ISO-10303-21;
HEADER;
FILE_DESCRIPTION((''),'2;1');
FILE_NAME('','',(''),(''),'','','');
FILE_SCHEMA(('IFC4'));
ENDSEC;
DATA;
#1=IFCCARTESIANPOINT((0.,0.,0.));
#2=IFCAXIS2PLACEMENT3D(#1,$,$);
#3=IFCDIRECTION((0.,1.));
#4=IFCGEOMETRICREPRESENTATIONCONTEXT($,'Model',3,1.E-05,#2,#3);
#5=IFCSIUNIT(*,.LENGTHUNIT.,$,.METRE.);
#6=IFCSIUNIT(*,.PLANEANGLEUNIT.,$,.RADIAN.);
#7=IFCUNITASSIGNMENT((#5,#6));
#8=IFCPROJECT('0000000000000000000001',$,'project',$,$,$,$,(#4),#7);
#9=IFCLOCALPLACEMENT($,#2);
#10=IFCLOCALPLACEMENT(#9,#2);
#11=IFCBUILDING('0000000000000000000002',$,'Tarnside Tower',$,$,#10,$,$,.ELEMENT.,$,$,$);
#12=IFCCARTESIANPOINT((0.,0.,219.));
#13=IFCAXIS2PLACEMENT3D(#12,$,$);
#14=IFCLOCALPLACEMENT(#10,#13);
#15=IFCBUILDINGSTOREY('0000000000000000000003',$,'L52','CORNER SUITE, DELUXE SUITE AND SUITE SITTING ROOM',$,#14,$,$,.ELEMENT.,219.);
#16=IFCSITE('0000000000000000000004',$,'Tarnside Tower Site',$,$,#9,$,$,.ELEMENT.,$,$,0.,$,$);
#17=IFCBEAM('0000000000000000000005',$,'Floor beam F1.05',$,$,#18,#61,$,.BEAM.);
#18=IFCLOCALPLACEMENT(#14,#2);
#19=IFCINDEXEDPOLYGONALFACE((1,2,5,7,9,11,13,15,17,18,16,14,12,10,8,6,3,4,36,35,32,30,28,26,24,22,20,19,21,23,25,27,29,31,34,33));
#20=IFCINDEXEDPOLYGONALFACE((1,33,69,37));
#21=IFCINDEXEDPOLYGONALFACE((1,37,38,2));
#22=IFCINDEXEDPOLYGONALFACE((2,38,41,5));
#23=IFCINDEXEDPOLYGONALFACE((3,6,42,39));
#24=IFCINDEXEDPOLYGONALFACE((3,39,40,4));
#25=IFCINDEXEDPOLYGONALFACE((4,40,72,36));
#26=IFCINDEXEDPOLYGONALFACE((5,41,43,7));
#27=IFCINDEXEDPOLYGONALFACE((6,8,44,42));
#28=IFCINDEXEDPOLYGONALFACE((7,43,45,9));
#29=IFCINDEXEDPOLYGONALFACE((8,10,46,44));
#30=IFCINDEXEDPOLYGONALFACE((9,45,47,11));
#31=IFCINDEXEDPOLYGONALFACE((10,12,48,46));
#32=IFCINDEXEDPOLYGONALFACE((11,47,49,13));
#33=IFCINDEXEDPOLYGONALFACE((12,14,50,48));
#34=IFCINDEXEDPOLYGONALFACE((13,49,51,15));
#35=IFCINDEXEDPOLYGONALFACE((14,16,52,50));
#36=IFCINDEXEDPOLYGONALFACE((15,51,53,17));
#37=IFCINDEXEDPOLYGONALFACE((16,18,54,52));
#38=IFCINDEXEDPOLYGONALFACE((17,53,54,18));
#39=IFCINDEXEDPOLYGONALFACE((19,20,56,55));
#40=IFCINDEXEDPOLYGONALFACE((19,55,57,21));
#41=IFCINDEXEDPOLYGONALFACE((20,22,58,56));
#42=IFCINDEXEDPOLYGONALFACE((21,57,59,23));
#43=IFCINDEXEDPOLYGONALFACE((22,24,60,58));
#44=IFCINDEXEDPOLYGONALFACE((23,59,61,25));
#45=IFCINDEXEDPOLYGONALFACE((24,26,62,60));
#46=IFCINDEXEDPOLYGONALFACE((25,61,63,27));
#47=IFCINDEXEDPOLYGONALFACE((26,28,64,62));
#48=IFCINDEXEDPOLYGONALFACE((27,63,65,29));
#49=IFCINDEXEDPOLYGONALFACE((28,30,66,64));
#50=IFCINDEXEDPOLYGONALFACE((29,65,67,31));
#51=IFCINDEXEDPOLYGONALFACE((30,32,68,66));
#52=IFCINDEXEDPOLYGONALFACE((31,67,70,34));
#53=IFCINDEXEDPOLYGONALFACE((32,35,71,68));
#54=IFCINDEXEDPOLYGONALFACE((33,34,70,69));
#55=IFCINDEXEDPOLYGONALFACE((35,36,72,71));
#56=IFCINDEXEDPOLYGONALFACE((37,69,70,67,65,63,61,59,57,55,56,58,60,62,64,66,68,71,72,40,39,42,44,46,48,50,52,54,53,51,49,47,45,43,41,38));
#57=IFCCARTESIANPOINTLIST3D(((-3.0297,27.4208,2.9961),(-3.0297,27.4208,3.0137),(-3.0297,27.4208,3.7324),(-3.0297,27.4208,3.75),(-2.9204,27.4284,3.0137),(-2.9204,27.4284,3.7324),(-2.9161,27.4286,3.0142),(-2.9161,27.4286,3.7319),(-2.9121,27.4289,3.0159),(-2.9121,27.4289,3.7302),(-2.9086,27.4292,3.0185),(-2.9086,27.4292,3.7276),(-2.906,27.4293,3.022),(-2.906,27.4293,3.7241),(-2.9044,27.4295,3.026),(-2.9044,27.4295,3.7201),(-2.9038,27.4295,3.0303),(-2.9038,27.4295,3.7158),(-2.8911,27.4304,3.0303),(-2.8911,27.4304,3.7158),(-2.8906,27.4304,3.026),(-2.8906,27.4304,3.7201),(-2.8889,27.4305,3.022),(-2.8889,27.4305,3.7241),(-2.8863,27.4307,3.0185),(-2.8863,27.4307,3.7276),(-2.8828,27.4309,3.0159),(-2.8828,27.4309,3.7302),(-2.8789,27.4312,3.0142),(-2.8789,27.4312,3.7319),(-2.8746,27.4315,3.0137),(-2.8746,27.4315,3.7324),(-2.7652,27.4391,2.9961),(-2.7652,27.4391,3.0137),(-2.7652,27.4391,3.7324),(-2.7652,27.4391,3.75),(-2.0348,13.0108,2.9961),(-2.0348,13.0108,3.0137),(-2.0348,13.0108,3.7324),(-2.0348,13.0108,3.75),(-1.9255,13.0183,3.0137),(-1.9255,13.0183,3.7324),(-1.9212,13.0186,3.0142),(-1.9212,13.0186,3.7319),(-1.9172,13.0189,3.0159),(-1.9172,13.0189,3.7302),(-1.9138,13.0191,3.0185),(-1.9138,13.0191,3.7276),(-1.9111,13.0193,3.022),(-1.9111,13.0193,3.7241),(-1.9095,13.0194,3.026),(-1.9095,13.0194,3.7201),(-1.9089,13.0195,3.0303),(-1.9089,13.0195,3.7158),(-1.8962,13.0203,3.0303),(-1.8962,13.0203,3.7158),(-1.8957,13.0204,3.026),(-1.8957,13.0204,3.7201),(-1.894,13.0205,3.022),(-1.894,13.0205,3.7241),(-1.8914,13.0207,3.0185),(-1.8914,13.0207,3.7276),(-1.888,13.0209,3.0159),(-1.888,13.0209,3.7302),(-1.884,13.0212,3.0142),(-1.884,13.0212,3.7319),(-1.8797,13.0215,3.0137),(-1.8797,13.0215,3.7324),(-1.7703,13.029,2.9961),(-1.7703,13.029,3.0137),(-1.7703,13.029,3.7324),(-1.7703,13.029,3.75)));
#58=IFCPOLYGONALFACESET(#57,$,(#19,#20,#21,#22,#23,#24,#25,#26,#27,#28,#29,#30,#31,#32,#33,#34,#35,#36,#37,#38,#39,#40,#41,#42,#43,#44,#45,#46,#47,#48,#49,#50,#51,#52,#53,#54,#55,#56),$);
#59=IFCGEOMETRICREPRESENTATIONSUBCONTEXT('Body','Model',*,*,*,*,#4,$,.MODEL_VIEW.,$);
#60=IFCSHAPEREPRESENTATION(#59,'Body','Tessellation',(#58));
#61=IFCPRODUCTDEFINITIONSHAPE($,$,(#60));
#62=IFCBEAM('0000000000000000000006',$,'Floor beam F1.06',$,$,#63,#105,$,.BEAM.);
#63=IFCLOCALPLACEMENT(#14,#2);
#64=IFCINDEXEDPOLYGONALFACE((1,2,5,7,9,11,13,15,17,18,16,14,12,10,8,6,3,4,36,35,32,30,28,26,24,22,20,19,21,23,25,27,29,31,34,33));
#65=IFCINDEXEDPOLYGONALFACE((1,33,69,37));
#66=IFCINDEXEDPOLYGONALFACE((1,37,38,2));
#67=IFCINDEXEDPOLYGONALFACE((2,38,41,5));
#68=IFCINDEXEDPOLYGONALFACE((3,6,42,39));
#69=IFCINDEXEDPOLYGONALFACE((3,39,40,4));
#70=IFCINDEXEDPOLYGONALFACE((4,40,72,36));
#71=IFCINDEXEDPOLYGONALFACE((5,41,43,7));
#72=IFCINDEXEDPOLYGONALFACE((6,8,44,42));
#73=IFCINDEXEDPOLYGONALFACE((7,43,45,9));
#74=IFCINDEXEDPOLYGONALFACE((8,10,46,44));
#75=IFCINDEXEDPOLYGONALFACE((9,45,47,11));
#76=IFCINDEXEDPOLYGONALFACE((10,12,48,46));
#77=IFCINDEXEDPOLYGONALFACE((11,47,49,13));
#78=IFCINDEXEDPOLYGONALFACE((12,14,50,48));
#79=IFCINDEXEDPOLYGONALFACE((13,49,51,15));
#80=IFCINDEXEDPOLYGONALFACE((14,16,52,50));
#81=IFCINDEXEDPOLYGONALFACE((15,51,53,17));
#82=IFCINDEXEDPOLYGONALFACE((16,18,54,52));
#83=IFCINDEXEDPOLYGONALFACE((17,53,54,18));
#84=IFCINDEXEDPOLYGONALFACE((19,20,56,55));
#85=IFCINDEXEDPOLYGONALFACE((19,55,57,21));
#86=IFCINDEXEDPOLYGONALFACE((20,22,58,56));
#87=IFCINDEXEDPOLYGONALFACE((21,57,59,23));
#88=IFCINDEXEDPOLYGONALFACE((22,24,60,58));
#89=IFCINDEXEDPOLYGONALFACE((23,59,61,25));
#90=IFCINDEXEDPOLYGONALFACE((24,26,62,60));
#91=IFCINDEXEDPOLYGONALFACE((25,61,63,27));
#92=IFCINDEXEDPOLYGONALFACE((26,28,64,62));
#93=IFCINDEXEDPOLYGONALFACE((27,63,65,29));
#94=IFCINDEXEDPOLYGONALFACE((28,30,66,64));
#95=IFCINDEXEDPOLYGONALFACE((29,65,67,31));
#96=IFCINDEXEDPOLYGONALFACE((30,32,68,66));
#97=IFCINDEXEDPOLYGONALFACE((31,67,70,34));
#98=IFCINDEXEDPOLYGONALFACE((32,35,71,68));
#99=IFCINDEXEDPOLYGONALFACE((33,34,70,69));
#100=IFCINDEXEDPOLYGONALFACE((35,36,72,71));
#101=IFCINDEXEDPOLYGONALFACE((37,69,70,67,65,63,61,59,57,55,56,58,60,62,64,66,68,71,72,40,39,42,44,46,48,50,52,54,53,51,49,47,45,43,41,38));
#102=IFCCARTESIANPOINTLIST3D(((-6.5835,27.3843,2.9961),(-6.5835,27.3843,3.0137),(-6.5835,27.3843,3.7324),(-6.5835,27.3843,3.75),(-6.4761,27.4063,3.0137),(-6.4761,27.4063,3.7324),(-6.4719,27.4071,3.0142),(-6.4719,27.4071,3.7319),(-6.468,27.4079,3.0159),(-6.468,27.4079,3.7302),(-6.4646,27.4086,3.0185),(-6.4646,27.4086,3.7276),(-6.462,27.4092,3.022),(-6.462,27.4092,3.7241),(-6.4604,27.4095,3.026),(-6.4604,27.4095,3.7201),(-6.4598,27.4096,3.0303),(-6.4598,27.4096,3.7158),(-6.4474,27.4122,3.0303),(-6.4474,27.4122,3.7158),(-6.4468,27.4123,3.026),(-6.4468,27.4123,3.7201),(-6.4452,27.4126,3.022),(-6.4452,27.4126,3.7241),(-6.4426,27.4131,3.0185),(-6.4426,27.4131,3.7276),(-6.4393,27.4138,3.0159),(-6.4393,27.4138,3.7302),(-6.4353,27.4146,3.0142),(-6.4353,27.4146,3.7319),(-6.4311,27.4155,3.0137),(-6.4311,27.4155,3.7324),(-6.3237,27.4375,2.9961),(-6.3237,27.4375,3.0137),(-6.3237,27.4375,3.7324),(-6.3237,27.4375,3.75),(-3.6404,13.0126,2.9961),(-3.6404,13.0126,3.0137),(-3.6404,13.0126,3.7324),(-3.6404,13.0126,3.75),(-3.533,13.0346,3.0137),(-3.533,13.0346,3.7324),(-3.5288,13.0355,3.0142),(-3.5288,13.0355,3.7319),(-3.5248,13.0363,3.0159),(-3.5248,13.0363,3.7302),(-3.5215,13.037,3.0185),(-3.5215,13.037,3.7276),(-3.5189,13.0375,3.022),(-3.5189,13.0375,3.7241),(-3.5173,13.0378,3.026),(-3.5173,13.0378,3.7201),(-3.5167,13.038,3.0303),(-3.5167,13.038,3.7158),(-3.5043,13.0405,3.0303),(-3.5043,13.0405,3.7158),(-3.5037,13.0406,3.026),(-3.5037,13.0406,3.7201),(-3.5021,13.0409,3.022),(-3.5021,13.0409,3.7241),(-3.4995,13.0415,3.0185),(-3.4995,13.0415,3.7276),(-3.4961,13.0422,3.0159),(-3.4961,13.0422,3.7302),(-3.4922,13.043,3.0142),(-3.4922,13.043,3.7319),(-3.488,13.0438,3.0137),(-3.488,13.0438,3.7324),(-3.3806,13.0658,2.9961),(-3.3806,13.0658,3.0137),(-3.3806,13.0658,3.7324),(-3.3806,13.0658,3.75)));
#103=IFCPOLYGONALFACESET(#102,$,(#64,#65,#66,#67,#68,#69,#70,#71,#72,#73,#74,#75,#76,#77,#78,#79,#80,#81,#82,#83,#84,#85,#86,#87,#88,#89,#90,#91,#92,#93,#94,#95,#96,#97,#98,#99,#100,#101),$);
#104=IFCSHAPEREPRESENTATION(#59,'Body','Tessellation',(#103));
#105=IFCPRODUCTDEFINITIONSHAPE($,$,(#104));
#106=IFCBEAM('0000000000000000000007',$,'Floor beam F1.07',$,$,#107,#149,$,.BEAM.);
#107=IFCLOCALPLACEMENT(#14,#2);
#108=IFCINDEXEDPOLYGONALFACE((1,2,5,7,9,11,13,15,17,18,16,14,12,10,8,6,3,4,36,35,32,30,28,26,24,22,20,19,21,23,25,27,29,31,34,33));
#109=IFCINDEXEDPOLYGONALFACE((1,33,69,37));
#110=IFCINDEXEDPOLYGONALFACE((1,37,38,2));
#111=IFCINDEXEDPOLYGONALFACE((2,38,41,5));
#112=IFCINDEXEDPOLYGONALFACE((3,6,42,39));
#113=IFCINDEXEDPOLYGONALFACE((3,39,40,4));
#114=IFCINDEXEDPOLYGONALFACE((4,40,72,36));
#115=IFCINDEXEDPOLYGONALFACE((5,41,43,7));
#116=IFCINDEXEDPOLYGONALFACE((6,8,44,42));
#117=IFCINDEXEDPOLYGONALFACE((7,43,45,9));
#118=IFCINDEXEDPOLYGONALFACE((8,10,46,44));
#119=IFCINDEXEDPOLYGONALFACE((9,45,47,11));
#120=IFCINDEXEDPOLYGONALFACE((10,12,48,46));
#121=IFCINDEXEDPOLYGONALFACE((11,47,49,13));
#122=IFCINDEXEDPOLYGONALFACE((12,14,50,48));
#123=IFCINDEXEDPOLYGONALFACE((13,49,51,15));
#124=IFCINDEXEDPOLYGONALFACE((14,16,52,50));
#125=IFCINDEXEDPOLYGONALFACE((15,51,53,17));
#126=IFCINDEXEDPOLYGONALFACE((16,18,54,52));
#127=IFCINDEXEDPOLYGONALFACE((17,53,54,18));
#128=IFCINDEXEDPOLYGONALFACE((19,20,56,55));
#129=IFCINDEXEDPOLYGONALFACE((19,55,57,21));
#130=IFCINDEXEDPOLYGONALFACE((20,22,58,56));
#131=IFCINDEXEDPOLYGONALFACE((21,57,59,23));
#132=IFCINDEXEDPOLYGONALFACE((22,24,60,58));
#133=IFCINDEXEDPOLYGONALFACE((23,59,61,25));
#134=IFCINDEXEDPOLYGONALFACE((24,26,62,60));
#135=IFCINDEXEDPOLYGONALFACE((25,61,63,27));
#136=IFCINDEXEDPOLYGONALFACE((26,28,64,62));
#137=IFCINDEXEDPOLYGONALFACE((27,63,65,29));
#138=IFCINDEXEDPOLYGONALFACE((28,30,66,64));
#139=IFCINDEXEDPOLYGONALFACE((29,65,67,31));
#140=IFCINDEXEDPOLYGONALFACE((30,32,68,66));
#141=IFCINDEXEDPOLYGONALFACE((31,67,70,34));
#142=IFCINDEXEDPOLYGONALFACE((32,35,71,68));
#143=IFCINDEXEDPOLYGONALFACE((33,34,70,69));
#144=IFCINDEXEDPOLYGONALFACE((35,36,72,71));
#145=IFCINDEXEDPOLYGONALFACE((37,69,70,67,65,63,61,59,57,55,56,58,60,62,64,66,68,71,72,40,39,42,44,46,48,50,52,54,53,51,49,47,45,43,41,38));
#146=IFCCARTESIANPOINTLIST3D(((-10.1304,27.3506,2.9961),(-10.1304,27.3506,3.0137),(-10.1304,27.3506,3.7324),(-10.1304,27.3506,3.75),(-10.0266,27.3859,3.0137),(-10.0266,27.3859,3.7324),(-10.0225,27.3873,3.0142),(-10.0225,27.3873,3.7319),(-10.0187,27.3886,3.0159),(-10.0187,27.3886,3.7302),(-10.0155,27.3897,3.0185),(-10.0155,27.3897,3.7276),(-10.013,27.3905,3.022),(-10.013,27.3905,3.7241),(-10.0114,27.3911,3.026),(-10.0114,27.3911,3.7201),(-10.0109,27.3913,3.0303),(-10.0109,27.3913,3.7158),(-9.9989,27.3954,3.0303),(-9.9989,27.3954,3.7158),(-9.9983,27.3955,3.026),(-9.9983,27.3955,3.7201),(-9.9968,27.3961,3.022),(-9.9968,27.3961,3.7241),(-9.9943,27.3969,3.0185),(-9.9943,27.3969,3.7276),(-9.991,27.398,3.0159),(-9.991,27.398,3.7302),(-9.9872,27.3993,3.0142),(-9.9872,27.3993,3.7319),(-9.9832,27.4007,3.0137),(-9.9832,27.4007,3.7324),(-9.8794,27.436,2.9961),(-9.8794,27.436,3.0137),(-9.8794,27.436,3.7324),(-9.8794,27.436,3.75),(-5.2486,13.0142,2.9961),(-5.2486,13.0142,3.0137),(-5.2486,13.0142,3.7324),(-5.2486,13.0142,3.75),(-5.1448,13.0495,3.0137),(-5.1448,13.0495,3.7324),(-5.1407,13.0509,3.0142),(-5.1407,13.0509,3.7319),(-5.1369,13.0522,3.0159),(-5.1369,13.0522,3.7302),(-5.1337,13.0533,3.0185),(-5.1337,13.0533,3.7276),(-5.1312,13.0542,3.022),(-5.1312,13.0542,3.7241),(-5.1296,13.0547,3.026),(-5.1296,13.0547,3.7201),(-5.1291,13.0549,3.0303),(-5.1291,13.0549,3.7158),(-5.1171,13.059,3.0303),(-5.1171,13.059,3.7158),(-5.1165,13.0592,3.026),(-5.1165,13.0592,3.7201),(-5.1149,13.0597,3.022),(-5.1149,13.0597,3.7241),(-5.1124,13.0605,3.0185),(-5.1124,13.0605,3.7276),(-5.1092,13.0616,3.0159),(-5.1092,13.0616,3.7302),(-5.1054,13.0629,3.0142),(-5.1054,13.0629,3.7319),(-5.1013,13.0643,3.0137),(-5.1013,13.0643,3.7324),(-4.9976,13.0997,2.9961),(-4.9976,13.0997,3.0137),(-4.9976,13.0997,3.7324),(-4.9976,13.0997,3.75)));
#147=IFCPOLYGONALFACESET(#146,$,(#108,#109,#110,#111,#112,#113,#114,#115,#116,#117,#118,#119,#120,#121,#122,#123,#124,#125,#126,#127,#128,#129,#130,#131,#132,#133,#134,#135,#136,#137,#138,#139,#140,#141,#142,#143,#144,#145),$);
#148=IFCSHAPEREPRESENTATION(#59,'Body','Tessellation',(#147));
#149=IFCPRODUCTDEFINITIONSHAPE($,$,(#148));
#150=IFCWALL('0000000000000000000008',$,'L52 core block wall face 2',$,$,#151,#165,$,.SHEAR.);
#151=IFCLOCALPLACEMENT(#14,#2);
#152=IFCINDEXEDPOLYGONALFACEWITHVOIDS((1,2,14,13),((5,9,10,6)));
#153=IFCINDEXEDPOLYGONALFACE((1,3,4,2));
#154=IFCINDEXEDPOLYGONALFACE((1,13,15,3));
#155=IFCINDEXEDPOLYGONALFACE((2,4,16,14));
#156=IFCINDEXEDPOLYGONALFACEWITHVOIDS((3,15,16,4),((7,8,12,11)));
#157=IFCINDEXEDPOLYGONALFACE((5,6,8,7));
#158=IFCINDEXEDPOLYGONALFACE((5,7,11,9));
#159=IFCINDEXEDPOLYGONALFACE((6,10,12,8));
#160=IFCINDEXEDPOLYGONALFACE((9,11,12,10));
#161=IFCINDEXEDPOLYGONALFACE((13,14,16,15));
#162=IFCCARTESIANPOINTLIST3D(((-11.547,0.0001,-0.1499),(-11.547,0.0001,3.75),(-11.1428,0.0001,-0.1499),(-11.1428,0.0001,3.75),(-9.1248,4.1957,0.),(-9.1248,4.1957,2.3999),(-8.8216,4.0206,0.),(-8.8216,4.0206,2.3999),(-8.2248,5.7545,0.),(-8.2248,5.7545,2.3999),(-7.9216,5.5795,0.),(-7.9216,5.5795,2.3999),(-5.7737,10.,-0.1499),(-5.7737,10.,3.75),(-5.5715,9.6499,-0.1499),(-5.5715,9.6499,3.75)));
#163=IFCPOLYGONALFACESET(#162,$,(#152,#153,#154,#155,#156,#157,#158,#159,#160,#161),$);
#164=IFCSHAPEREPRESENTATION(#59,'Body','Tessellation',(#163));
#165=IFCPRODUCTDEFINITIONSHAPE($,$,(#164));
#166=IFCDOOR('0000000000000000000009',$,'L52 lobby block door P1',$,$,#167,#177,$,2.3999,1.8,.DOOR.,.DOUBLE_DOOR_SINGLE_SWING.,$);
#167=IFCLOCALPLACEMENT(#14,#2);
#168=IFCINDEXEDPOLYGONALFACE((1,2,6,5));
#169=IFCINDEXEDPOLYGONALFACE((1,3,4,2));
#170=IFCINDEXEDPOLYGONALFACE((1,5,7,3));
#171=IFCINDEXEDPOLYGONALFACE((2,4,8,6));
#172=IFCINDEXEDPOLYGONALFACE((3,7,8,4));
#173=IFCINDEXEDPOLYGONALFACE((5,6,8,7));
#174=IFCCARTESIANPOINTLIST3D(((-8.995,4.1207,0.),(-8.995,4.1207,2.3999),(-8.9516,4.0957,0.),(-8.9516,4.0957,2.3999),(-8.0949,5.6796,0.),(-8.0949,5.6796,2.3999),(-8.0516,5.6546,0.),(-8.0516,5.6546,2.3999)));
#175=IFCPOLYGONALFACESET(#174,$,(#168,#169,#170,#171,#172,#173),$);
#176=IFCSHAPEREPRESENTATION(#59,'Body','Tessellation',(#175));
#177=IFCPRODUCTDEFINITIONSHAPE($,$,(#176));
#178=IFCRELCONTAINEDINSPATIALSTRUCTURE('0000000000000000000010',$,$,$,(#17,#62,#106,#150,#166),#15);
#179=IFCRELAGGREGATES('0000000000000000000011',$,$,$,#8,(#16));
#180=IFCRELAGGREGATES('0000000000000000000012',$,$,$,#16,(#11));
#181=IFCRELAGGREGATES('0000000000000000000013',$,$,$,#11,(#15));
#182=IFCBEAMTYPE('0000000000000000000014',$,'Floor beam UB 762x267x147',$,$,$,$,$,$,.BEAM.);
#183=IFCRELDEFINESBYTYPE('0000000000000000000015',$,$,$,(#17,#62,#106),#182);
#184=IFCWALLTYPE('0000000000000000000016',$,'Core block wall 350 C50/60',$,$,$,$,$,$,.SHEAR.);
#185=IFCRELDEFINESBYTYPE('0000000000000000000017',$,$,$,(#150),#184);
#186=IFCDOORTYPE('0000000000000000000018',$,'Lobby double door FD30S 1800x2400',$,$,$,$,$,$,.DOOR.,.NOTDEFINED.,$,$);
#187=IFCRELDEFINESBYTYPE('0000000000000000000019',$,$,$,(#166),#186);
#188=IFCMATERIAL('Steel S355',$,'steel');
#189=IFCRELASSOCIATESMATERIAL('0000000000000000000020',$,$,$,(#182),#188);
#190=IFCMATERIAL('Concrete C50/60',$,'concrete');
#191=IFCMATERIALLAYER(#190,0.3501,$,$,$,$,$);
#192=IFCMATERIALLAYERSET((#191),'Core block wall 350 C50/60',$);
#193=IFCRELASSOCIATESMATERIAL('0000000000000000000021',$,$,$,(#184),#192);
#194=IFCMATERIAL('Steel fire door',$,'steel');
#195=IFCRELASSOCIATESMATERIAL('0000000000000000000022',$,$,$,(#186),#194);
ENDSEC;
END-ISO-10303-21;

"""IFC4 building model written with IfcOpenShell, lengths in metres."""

from ifc_helpers import new_model, si_unit, direction, frame, frame_2d, origin, origin_2d, place, context, subcontext, project, spatial, polyline, rectangle, i_section, outline, extrude, material, layer, layer_set, material_profile, profile_set, type_object, element, fill, save


model = new_model("IFC4")

# Units and contexts
model_context = context("Model", 3, precision=1e-05, world=origin(), true_north=direction((0.0, 1.0)))
body_context = subcontext(model_context, "Body", "Model", "MODEL_VIEW")
ifc_project = project(units=[si_unit("LENGTHUNIT", "METRE"), si_unit("PLANEANGLEUNIT", "RADIAN")], contexts=[model_context])

# Site, building, storey
site_placement = place(None, origin())
site = spatial("IfcSite", under=ifc_project, at=site_placement, Name="Tarnside Tower Site", CompositionType="ELEMENT", RefElevation=0.0)
building_placement = place(site_placement, origin())
building = spatial("IfcBuilding", under=site, at=building_placement, Name="Tarnside Tower", CompositionType="ELEMENT")
storey_placement = place(building_placement, frame((0.0, 0.0, 219.0)))
storey = spatial("IfcBuildingStorey", under=building, at=storey_placement, Name="L52", Description="CORNER SUITE, DELUXE SUITE AND SUITE SITTING ROOM", CompositionType="ELEMENT", Elevation=219.0)

# Beams
ifc_material_1 = material(Name="Steel S355", Category="steel")
ifc_material_profile = material_profile(ifc_material_1, i_section(OverallWidth=0.2651, OverallDepth=0.7539, WebThickness=0.0127, FlangeThickness=0.0176, FilletRadius=0.0166, at=origin_2d()), Name="UB 762x267x147")
ifc_profile_set = profile_set([ifc_material_profile], Name="Steel S355")
beam_type = type_object("IfcBeamType", Name="Floor beam UB 762x267x147", PredefinedType="BEAM", material=ifc_profile_set)
beam_1_placement = place(storey_placement, frame((-2.8975, 27.4299, 3.373), z_axis=(0.068877, -0.997625, 0.0), x_axis=(0.997625, 0.068877, 0.0)))
element("IfcBeam", 1, at=beam_1_placement, inside=storey, type_object=beam_type, Name="Floor beam F1.05", PredefinedType="BEAM", context=body_context, shape_type="SweptSolid", body=[
    extrude(i_section(OverallWidth=0.2651, OverallDepth=0.7539, WebThickness=0.0127, FlangeThickness=0.0176, FilletRadius=0.0166, at=origin_2d()), origin(), (0.0, 0.0, 1.0), 14.4443),
])
beam_2_placement = place(storey_placement, frame((-6.4536, 27.4109, 3.373), z_axis=(0.200623, -0.979668, 0.0), x_axis=(0.979668, 0.200623, 0.0)))
element("IfcBeam", 2, at=beam_2_placement, inside=storey, type_object=beam_type, Name="Floor beam F1.06", PredefinedType="BEAM", context=body_context, shape_type="SweptSolid", body=[
    extrude(i_section(OverallWidth=0.2651, OverallDepth=0.7539, WebThickness=0.0127, FlangeThickness=0.0176, FilletRadius=0.0166, at=origin_2d()), origin(), (0.0, 0.0, 1.0), 14.6699),
])
beam_3_placement = place(storey_placement, frame((-10.0049, 27.3933, 3.373), z_axis=(0.322344, -0.946623, 0.0), x_axis=(0.946623, 0.322344, 0.0)))
element("IfcBeam", 3, at=beam_3_placement, inside=storey, type_object=beam_type, Name="Floor beam F1.07", PredefinedType="BEAM", context=body_context, shape_type="SweptSolid", body=[
    extrude(i_section(OverallWidth=0.2651, OverallDepth=0.7539, WebThickness=0.0127, FlangeThickness=0.0176, FilletRadius=0.0166, at=origin_2d()), origin(), (0.0, 0.0, 1.0), 15.1448),
])

# Wall, opening, door
ifc_material_2 = material(Name="Concrete C50/60", Category="concrete")
ifc_layer_1 = layer(ifc_material_2, 0.3501)
ifc_layer_set_1 = layer_set([ifc_layer_1], Name="Core block wall 350 C50/60")
wall_type_1 = type_object("IfcWallType", Name="Core block wall 350 C50/60", PredefinedType="SHEAR", material=ifc_layer_set_1)
wall_1_placement = place(storey_placement, frame((-5.6726, 9.825, -0.1499), z_axis=(0.0, 0.0, 1.0), x_axis=(-0.499995, -0.866028, 0.0)))
wall_1 = element("IfcWall", 4, at=wall_1_placement, inside=storey, type_object=wall_type_1, Name="L52 core block wall face 2", PredefinedType="SHEAR", context=body_context, shape_type="SweptSolid", body=[
    extrude(outline(polyline([(-0.1011, -0.175), (11.4458, -0.175), (11.2437, 0.175), (0.1011, 0.175), (-0.1011, -0.175)])), origin(), (0.0, 0.0, 1.0), 3.8999),
])
opening_1_placement = place(wall_1_placement, frame((4.8013, 0.0, 0.1499)))
opening_1 = element("IfcOpeningElement", 5, at=opening_1_placement, cuts=wall_1, PredefinedType="OPENING", context=body_context, shape_type="SweptSolid", body=[
    extrude(rectangle(XDim=1.8, YDim=2.3999, at=frame_2d((0.8999, 1.2))), frame((0.0, 0.1851, 0.0), z_axis=(0.0, -1.0, 0.0), x_axis=(1.0, 0.0, 0.0)), (0.0, 0.0, 1.0), 0.3701),
])
ifc_material_3 = material(Name="Steel fire door", Category="steel")
door_type_1 = type_object("IfcDoorType", Name="Lobby double door FD30S 1800x2400", OperationType="NOTDEFINED", PredefinedType="DOOR", material=ifc_material_3)
door_1_placement = place(opening_1_placement, origin())
door_1 = element("IfcDoor", 6, at=door_1_placement, inside=storey, type_object=door_type_1, Name="L52 lobby block door P1", OperationType="DOUBLE_DOOR_SINGLE_SWING", OverallHeight=2.3999, OverallWidth=1.8, PredefinedType="DOOR", context=body_context, shape_type="SweptSolid", body=[
    extrude(rectangle(XDim=1.8, YDim=2.3999, at=frame_2d((0.8999, 1.2))), frame((0.0, 0.0249, 0.0), z_axis=(0.0, -1.0, 0.0), x_axis=(1.0, 0.0, 0.0)), (0.0, 0.0, 1.0), 0.05),
])
fill(opening_1, door_1)

save(model, "model.ifc")
